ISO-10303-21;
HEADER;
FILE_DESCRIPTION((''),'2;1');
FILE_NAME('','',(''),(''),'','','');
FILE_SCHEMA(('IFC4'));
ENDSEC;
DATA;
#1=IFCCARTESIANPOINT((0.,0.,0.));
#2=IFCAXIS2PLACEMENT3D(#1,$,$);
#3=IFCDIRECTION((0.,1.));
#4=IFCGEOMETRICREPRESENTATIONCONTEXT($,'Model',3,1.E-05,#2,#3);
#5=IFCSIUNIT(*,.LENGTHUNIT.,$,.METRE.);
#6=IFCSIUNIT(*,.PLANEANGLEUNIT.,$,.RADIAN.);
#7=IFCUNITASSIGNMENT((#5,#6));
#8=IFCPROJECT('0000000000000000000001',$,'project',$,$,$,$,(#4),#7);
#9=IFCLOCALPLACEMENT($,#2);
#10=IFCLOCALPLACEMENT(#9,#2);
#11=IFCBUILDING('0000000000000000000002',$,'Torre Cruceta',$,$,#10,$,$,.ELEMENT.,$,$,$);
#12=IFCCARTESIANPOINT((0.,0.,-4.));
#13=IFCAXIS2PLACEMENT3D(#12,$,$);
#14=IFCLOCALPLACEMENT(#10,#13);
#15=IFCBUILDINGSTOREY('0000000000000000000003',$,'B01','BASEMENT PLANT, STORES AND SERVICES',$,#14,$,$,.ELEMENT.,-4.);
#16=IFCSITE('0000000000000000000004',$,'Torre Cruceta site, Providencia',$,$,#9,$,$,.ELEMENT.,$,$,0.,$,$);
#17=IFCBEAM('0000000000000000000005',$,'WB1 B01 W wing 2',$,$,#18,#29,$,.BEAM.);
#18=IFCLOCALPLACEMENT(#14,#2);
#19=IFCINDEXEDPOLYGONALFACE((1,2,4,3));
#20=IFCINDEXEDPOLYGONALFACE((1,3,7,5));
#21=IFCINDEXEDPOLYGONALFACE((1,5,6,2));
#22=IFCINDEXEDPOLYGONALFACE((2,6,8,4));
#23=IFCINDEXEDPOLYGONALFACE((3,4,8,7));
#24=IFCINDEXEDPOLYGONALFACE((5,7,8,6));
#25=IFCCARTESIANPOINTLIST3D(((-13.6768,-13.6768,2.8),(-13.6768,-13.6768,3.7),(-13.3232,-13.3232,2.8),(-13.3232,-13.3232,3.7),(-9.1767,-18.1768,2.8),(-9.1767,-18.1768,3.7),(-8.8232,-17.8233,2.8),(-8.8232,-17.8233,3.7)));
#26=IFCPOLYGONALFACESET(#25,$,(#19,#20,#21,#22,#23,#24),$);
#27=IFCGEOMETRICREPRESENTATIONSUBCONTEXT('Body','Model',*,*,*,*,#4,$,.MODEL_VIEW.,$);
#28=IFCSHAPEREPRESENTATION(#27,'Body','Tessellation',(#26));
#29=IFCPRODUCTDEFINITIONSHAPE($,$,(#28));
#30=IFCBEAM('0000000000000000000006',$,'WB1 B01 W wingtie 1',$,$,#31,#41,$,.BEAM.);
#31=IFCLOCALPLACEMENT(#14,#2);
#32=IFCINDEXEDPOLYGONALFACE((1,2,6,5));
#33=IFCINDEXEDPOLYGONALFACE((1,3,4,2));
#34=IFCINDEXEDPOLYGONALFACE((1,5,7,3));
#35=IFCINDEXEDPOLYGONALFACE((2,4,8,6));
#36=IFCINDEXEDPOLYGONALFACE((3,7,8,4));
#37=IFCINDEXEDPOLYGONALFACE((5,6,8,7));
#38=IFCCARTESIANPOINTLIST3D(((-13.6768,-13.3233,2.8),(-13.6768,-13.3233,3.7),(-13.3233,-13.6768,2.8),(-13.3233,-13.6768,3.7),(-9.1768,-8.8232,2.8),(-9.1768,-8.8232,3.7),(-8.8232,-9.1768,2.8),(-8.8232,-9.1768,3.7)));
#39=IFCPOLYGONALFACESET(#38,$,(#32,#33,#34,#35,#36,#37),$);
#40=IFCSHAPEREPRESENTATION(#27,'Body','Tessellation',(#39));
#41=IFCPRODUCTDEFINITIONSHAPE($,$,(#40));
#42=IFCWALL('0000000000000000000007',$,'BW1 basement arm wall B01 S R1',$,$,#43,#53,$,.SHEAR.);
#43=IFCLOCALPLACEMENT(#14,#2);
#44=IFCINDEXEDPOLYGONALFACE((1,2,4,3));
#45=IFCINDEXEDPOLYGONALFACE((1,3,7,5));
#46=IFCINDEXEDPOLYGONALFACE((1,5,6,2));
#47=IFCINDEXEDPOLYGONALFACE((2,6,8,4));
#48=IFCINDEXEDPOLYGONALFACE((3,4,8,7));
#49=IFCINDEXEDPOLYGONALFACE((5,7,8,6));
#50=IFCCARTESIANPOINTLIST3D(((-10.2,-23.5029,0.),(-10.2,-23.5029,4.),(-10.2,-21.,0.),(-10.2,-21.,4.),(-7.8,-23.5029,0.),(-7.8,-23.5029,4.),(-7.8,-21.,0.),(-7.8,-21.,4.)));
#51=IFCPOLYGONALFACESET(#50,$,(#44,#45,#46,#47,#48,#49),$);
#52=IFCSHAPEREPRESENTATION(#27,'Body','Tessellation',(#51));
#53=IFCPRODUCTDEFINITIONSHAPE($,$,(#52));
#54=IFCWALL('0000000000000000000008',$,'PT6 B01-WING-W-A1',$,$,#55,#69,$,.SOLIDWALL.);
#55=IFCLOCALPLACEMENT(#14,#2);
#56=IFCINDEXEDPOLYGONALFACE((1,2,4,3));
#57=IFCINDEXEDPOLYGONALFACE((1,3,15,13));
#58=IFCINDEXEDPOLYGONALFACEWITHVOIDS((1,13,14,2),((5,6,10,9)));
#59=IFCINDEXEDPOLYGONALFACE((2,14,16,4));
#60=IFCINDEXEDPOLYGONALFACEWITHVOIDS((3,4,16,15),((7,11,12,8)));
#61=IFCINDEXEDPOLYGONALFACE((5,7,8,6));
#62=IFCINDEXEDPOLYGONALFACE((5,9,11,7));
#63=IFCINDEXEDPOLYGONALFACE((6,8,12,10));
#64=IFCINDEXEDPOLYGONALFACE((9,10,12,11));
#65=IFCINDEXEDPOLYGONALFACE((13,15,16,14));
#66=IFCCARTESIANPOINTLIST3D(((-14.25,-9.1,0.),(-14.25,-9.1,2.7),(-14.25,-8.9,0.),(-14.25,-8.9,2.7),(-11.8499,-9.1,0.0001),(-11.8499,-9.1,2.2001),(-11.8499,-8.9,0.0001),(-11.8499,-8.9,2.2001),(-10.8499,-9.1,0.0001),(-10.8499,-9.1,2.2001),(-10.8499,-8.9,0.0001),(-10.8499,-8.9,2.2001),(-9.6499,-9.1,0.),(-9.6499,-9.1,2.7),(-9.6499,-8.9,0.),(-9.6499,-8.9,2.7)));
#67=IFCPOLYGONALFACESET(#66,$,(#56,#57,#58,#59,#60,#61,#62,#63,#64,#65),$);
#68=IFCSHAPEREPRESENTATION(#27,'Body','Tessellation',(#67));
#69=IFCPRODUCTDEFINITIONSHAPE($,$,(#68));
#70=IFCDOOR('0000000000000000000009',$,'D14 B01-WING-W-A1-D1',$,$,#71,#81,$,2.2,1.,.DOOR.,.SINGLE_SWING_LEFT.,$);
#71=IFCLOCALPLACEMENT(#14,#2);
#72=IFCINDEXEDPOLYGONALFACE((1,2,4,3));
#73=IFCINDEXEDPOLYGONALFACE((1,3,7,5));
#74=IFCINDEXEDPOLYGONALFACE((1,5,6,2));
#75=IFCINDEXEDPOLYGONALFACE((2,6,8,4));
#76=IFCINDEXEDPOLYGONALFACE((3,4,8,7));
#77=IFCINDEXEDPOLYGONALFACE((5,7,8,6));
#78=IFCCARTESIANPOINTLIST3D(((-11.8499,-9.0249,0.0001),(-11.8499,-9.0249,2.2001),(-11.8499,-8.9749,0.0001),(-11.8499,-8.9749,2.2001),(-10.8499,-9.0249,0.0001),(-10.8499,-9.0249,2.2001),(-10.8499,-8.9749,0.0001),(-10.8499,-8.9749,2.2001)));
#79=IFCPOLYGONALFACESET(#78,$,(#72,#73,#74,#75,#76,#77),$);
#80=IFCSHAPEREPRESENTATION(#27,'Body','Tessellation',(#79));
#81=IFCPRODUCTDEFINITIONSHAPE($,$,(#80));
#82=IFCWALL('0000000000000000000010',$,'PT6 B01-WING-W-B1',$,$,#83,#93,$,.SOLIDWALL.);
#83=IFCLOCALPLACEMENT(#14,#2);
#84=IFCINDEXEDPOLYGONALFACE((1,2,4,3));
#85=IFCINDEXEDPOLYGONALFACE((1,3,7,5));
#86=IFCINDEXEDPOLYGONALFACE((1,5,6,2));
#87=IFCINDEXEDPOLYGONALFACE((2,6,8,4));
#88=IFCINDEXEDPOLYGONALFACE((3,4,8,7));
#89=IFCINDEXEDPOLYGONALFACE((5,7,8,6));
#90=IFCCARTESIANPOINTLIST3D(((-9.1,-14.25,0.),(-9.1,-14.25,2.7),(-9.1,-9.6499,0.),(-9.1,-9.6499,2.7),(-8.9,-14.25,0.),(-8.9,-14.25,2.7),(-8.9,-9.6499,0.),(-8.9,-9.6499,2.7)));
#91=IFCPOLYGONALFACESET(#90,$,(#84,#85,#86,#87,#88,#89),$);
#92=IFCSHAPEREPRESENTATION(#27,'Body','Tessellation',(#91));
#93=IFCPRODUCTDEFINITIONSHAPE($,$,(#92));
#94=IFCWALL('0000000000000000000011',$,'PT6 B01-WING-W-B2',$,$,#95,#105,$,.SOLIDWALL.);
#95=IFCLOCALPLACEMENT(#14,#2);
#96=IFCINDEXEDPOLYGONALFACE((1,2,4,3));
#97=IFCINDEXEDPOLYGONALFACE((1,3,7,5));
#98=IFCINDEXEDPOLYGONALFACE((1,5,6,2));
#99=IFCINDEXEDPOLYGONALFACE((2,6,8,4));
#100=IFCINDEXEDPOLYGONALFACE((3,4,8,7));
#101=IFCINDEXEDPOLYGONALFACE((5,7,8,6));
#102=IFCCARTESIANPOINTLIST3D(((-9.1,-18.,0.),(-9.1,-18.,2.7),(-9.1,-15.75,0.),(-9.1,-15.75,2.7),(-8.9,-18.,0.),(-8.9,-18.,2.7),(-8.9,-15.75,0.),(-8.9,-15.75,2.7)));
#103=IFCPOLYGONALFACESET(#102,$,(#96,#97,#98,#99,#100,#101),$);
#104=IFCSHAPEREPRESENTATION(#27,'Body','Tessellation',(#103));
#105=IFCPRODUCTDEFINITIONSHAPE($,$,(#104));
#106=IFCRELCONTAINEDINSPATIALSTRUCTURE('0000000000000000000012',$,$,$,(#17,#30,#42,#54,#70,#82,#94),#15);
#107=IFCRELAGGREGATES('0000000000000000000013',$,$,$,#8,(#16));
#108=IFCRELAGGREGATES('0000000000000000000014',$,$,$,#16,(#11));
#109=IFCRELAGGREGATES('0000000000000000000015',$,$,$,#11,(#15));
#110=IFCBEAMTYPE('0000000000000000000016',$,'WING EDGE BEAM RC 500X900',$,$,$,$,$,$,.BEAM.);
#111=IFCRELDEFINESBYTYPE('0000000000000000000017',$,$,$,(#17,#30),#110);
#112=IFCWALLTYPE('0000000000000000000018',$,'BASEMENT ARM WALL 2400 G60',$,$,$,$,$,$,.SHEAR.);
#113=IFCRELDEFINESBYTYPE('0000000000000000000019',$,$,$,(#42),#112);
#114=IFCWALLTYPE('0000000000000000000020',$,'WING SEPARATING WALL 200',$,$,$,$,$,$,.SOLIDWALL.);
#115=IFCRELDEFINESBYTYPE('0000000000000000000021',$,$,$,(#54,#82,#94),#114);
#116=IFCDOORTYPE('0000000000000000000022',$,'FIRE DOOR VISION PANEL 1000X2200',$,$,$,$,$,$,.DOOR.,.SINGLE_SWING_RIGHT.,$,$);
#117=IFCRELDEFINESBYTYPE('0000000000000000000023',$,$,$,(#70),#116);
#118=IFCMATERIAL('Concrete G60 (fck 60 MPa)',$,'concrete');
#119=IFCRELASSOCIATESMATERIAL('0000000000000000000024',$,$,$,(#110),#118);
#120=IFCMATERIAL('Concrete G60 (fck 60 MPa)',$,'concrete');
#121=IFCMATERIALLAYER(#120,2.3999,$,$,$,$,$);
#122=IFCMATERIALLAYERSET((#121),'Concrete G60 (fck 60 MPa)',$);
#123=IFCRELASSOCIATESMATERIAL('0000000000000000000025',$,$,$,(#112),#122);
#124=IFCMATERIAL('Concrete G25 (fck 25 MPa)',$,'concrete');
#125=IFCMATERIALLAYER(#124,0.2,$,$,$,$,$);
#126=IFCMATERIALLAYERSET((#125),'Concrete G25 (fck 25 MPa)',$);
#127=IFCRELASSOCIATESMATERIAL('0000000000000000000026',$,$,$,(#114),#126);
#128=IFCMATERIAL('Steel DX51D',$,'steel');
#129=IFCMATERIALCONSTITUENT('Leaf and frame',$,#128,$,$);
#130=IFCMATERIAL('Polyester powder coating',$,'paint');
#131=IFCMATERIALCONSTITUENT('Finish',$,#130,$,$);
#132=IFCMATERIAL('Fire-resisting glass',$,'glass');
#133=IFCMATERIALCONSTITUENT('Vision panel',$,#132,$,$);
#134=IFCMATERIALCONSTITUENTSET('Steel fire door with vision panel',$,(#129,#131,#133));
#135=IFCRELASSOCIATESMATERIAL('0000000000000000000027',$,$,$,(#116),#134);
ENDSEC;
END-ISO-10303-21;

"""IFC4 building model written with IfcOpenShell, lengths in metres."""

from ifc_helpers import new_model, si_unit, direction, frame, frame_2d, origin, origin_2d, place, context, subcontext, project, spatial, rectangle, extrude, material, layer, layer_set, constituent, constituent_set, material_profile, profile_set, type_object, element, fill, save


model = new_model("IFC4")

# Units and contexts
model_context = context("Model", 3, precision=1e-05, world=origin(), true_north=direction((0.0, 1.0)))
body_context = subcontext(model_context, "Body", "Model", "MODEL_VIEW")
ifc_project = project(units=[si_unit("LENGTHUNIT", "METRE"), si_unit("PLANEANGLEUNIT", "RADIAN")], contexts=[model_context])

# Site, building, storey
site_placement = place(None, origin())
site = spatial("IfcSite", under=ifc_project, at=site_placement, Name="Torre Cruceta site, Providencia", CompositionType="ELEMENT", RefElevation=0.0)
building_placement = place(site_placement, origin())
building = spatial("IfcBuilding", under=site, at=building_placement, Name="Torre Cruceta", CompositionType="ELEMENT")
storey_placement = place(building_placement, frame((0.0, 0.0, -4.0)))
storey = spatial("IfcBuildingStorey", under=building, at=storey_placement, Name="B01", Description="BASEMENT PLANT, STORES AND SERVICES", CompositionType="ELEMENT", Elevation=-4.0)

# Beams
ifc_material_1 = material(Name="Concrete G60 (fck 60 MPa)", Category="concrete")
ifc_material_profile_1 = material_profile(ifc_material_1, rectangle(XDim=0.5, YDim=0.8999, at=origin_2d()), Name="RC 500X900")
ifc_profile_set_1 = profile_set([ifc_material_profile_1], Name="Concrete G60 (fck 60 MPa)")
beam_type_1 = type_object("IfcBeamType", Name="WING EDGE BEAM RC 500X900", PredefinedType="BEAM", material=ifc_profile_set_1)
for number, where, z_axis, x_axis, name in (
    (1, (-13.5, -13.5, 3.25), (0.707107, -0.707107, 0.0), (0.707107, 0.707107, 0.0), "WB1 B01 W wing 2"),
    (2, (-9.0, -9.0, 3.25), (-0.707107, -0.707107, 0.0), (0.707107, -0.707107, 0.0), "WB1 B01 W wingtie 1"),
):
    element("IfcBeam", number, at=place(storey_placement, frame(where, z_axis=z_axis, x_axis=x_axis)), inside=storey, type_object=beam_type_1, Name=name, PredefinedType="BEAM", context=body_context, shape_type="SweptSolid", body=[
        extrude(rectangle(XDim=0.5, YDim=0.8999, at=origin_2d()), origin(), (0.0, 0.0, 1.0), 6.364),
    ])

# Wall
ifc_material_2 = material(Name="Concrete G60 (fck 60 MPa)", Category="concrete")
ifc_layer_1 = layer(ifc_material_2, 2.3999)
ifc_layer_set_1 = layer_set([ifc_layer_1], Name="Concrete G60 (fck 60 MPa)")
wall_type_1 = type_object("IfcWallType", Name="BASEMENT ARM WALL 2400 G60", PredefinedType="SHEAR", material=ifc_layer_set_1)
wall_1_placement = place(storey_placement, frame((-9.0, -21.0, 0.0), z_axis=(0.0, 0.0, 1.0), x_axis=(0.0, -1.0, 0.0)))
element("IfcWall", 3, at=wall_1_placement, inside=storey, type_object=wall_type_1, Name="BW1 basement arm wall B01 S R1", PredefinedType="SHEAR", context=body_context, shape_type="SweptSolid", body=[
    extrude(rectangle(XDim=2.5029, YDim=2.3999, at=frame_2d((1.2515, 0.0))), origin(), (0.0, 0.0, 1.0), 4.0),
])

# Wall, opening, door
ifc_material_3 = material(Name="Concrete G25 (fck 25 MPa)", Category="concrete")
ifc_layer_2 = layer(ifc_material_3, 0.2)
ifc_layer_set_2 = layer_set([ifc_layer_2], Name="Concrete G25 (fck 25 MPa)")
wall_type_2 = type_object("IfcWallType", Name="WING SEPARATING WALL 200", PredefinedType="SOLIDWALL", material=ifc_layer_set_2)
wall_2_placement = place(storey_placement, frame((-9.6499, -9.0, 0.0), z_axis=(0.0, 0.0, 1.0), x_axis=(-1.0, 0.0, 0.0)))
wall_2 = element("IfcWall", 4, at=wall_2_placement, inside=storey, type_object=wall_type_2, Name="PT6 B01-WING-W-A1", PredefinedType="SOLIDWALL", context=body_context, shape_type="SweptSolid", body=[
    extrude(rectangle(XDim=4.6001, YDim=0.2, at=frame_2d((2.3, 0.0))), origin(), (0.0, 0.0, 1.0), 2.7),
])
opening_1_placement = place(wall_2_placement, frame((1.2, 0.0, 0.0)))
opening_1 = element("IfcOpeningElement", 5, at=opening_1_placement, cuts=wall_2, PredefinedType="OPENING", context=body_context, shape_type="SweptSolid", body=[
    extrude(rectangle(XDim=1.0, YDim=2.2, at=frame_2d((0.5, 1.1001))), frame((0.0, 0.1099, 0.0), z_axis=(0.0, -1.0, 0.0), x_axis=(1.0, 0.0, 0.0)), (0.0, 0.0, 1.0), 0.22),
])
ifc_material_4 = material(Name="Steel DX51D", Category="steel")
ifc_constituent_1 = constituent(ifc_material_4, Name="Leaf and frame")
ifc_material_5 = material(Name="Polyester powder coating", Category="paint")
ifc_constituent_2 = constituent(ifc_material_5, Name="Finish")
ifc_material_6 = material(Name="Fire-resisting glass", Category="glass")
ifc_constituent_3 = constituent(ifc_material_6, Name="Vision panel")
ifc_constituent_set_1 = constituent_set(constituents=[ifc_constituent_1, ifc_constituent_2, ifc_constituent_3], Name="Steel fire door with vision panel")
door_type_1 = type_object("IfcDoorType", Name="FIRE DOOR VISION PANEL 1000X2200", OperationType="SINGLE_SWING_RIGHT", PredefinedType="DOOR", material=ifc_constituent_set_1)
door_1_placement = place(opening_1_placement, origin())
door_1 = element("IfcDoor", 6, at=door_1_placement, inside=storey, type_object=door_type_1, Name="D14 B01-WING-W-A1-D1", OperationType="SINGLE_SWING_LEFT", OverallHeight=2.2, OverallWidth=1.0, PredefinedType="DOOR", context=body_context, shape_type="SweptSolid", body=[
    extrude(rectangle(XDim=1.0, YDim=2.2, at=frame_2d((0.5, 1.1001))), frame((0.0, 0.0249, 0.0), z_axis=(0.0, -1.0, 0.0), x_axis=(1.0, 0.0, 0.0)), (0.0, 0.0, 1.0), 0.05),
])
fill(opening_1, door_1)

# Walls
wall_3_placement = place(storey_placement, frame((-9.0, -14.25, 0.0), z_axis=(0.0, 0.0, 1.0), x_axis=(0.0, 1.0, 0.0)))
element("IfcWall", 7, at=wall_3_placement, inside=storey, type_object=wall_type_2, Name="PT6 B01-WING-W-B1", PredefinedType="SOLIDWALL", context=body_context, shape_type="SweptSolid", body=[
    extrude(rectangle(XDim=4.6001, YDim=0.2, at=frame_2d((2.3, 0.0))), origin(), (0.0, 0.0, 1.0), 2.7),
])
wall_4_placement = place(storey_placement, frame((-9.0, -18.0, 0.0), z_axis=(0.0, 0.0, 1.0), x_axis=(0.0, 1.0, 0.0)))
element("IfcWall", 8, at=wall_4_placement, inside=storey, type_object=wall_type_2, Name="PT6 B01-WING-W-B2", PredefinedType="SOLIDWALL", context=body_context, shape_type="SweptSolid", body=[
    extrude(rectangle(XDim=2.25, YDim=0.2, at=frame_2d((1.125, 0.0))), origin(), (0.0, 0.0, 1.0), 2.7),
])

save(model, "model.ifc")
